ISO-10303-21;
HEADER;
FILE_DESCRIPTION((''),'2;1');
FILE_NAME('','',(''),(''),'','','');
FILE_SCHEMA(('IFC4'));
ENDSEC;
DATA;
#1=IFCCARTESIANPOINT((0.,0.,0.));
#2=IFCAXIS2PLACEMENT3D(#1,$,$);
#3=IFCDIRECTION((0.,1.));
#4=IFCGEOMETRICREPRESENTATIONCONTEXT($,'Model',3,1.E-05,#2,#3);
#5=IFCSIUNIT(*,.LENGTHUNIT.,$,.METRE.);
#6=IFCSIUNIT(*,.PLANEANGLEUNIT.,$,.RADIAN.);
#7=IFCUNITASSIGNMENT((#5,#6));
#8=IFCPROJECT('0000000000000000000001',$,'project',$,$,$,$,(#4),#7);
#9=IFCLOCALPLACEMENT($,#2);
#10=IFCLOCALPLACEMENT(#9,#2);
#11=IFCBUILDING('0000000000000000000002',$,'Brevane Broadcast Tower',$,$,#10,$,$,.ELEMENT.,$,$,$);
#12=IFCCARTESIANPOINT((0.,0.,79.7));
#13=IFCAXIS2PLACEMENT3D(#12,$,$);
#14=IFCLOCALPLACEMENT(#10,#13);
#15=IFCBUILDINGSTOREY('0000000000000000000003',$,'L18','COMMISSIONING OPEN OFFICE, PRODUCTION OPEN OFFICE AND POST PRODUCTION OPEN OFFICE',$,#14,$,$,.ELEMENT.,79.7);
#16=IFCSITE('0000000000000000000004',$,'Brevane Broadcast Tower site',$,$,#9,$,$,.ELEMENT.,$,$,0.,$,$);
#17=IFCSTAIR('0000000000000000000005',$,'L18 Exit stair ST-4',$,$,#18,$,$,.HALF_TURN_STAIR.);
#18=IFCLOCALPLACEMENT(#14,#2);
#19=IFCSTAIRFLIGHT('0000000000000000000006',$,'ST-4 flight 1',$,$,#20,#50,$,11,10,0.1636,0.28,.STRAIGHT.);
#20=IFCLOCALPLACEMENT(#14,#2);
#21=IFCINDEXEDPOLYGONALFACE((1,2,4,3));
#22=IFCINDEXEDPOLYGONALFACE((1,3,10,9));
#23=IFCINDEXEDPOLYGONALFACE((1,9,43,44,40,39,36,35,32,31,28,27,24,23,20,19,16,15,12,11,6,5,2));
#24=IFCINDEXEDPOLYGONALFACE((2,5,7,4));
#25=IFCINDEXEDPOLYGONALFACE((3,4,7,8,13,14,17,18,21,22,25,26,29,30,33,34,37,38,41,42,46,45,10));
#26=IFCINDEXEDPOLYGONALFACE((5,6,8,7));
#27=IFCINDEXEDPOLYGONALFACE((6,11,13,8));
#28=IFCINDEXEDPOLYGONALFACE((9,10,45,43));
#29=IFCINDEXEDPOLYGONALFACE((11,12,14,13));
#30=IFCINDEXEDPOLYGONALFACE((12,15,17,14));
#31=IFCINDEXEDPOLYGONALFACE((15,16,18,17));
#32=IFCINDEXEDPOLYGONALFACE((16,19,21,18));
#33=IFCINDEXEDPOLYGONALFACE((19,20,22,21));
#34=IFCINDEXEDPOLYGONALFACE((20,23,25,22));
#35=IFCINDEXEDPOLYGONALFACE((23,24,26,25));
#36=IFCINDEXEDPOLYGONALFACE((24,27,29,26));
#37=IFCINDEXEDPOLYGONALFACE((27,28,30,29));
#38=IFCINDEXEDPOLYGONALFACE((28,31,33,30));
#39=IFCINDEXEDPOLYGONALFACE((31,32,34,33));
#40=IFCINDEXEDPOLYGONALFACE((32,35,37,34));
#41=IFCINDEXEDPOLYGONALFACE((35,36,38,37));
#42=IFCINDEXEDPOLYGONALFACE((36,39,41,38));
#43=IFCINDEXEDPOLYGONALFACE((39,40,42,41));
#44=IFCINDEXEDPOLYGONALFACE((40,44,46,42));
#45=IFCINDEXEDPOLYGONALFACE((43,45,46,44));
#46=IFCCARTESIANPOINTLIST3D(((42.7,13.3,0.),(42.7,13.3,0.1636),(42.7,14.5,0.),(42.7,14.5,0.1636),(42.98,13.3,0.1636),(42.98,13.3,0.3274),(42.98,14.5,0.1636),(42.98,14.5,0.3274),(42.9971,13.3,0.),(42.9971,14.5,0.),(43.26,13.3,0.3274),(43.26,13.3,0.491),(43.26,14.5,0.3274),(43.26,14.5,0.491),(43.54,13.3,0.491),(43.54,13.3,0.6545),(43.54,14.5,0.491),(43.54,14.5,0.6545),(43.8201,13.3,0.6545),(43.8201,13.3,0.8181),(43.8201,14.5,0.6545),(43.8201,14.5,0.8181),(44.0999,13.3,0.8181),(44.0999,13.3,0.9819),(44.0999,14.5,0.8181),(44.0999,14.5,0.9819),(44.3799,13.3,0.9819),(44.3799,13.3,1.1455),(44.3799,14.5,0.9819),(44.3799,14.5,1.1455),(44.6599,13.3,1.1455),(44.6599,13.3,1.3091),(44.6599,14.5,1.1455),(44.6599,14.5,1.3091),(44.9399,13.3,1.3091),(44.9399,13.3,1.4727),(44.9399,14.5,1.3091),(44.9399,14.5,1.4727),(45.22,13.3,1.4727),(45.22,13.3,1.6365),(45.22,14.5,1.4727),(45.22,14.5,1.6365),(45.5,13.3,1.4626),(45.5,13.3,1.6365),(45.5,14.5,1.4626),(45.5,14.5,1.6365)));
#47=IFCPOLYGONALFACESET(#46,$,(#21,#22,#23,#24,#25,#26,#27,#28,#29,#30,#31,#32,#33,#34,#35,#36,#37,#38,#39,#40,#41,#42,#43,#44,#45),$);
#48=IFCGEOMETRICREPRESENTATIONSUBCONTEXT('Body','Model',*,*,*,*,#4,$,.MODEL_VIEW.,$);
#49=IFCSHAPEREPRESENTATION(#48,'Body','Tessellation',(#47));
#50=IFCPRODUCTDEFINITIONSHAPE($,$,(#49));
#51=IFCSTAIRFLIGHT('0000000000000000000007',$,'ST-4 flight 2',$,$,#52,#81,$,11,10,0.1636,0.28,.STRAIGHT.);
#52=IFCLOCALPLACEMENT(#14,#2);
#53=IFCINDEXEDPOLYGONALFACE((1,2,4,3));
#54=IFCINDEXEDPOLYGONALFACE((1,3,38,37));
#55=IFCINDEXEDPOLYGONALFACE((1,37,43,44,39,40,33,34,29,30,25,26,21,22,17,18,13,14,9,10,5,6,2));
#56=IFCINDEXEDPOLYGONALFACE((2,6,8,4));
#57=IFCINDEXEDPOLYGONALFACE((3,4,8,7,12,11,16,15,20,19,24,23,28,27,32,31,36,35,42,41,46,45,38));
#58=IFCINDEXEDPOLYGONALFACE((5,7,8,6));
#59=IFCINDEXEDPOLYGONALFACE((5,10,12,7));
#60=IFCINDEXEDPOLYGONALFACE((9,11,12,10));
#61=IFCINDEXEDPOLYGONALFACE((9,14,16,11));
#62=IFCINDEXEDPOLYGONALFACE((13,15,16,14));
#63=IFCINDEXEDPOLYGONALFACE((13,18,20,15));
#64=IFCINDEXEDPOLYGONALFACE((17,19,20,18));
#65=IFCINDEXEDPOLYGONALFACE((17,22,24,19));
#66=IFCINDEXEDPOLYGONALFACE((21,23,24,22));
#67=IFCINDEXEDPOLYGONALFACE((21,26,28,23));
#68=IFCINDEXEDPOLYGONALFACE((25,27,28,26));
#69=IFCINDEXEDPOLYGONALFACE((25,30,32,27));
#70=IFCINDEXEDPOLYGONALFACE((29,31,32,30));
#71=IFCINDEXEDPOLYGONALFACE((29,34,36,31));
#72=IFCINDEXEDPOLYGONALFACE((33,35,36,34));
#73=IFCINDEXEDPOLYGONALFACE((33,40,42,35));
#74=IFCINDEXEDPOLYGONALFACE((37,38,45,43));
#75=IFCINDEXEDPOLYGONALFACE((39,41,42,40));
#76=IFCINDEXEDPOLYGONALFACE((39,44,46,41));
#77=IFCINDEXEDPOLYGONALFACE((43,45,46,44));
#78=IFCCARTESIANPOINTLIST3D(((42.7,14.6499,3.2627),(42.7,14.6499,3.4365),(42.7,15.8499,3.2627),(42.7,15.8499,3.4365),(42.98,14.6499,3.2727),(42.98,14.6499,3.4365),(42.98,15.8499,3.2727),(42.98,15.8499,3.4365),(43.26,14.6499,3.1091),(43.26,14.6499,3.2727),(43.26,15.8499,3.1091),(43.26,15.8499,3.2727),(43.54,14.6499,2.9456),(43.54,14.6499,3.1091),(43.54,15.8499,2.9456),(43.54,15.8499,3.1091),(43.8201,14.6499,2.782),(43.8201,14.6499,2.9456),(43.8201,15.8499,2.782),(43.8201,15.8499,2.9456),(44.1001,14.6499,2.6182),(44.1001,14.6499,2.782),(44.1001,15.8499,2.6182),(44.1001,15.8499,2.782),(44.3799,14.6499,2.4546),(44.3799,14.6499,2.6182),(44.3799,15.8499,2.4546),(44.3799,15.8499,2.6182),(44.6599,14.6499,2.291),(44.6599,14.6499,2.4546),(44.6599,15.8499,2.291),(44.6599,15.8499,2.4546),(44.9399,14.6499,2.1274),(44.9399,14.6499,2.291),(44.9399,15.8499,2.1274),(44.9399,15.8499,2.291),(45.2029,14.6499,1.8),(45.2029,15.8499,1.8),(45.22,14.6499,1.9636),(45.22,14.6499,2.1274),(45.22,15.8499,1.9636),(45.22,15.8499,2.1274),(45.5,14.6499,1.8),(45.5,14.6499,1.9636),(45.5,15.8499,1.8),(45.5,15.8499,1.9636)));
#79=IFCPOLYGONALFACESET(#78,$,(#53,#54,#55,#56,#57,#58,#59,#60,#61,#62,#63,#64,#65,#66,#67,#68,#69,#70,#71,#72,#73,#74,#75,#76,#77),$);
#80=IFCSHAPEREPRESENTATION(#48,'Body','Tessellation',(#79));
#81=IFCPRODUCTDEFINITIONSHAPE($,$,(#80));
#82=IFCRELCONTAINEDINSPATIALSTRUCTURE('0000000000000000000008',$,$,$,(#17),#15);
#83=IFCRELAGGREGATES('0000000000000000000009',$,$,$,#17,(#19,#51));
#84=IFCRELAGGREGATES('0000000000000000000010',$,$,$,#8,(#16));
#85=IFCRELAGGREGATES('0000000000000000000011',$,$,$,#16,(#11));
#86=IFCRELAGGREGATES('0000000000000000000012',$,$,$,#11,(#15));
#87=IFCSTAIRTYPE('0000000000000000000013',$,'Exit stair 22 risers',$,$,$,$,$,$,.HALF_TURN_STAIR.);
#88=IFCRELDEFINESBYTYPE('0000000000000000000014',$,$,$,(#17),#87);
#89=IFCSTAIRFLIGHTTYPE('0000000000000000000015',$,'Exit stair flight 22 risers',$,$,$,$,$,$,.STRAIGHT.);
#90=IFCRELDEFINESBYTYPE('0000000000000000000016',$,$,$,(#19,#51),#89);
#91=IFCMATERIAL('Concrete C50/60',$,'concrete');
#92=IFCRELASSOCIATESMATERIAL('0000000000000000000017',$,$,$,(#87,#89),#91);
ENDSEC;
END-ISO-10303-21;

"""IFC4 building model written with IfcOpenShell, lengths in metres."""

from ifc_helpers import new_model, si_unit, direction, frame, origin, place, context, subcontext, project, spatial, polyline, outline, extrude, material, type_object, element, aggregate, save


model = new_model("IFC4")

# Units and contexts
model_context = context("Model", 3, precision=1e-05, world=origin(), true_north=direction((0.0, 1.0)))
body_context = subcontext(model_context, "Body", "Model", "MODEL_VIEW")
ifc_project = project(units=[si_unit("LENGTHUNIT", "METRE"), si_unit("PLANEANGLEUNIT", "RADIAN")], contexts=[model_context])

# Site, building, storey
site_placement = place(None, origin())
site = spatial("IfcSite", under=ifc_project, at=site_placement, Name="Brevane Broadcast Tower site", CompositionType="ELEMENT", RefElevation=0.0)
building_placement = place(site_placement, origin())
building = spatial("IfcBuilding", under=site, at=building_placement, Name="Brevane Broadcast Tower", CompositionType="ELEMENT")
storey_placement = place(building_placement, frame((0.0, 0.0, 79.7)))
storey = spatial("IfcBuildingStorey", under=building, at=storey_placement, Name="L18", Description="COMMISSIONING OPEN OFFICE, PRODUCTION OPEN OFFICE AND POST PRODUCTION OPEN OFFICE", CompositionType="ELEMENT", Elevation=79.7)

# Stair, stair flights
ifc_material_1 = material(Name="Concrete C50/60", Category="concrete")
stair_type = type_object("IfcStairType", Name="Exit stair 22 risers", PredefinedType="HALF_TURN_STAIR", material=ifc_material_1)
stair_placement = place(storey_placement, origin())
stair = element("IfcStair", 1, at=stair_placement, inside=storey, type_object=stair_type, Name="L18 Exit stair ST-4", PredefinedType="HALF_TURN_STAIR")
stair_flight_type = type_object("IfcStairFlightType", Name="Exit stair flight 22 risers", PredefinedType="STRAIGHT", material=ifc_material_1)
stair_flight_1_placement = place(storey_placement, frame((42.7, 13.8999, 0.0), z_axis=(0.0, 0.0, 1.0), x_axis=(1.0, 0.0, 0.0)))
stair_flight_1 = element("IfcStairFlight", 2, at=stair_flight_1_placement, type_object=stair_flight_type, Name="ST-4 flight 1", NumberOfRisers=11, NumberOfTreads=10, PredefinedType="STRAIGHT", RiserHeight=0.1636, TreadLength=0.28, context=body_context, shape_type="SweptSolid", body=[
    extrude(outline(polyline([(0.0, 0.0), (0.0, 0.1636), (0.28, 0.1636), (0.28, 0.3274), (0.5601, 0.3274), (0.5601, 0.491), (0.8401, 0.491), (0.8401, 0.6545), (1.1201, 0.6545), (1.1201, 0.8181), (1.3999, 0.8181), (1.3999, 0.9819), (1.6799, 0.9819), (1.6799, 1.1455), (1.96, 1.1455), (1.96, 1.3091), (2.24, 1.3091), (2.24, 1.4727), (2.52, 1.4727), (2.52, 1.6365), (2.8, 1.6365), (2.8, 1.8), (2.8, 1.4626), (0.2971, 0.0), (0.0, 0.0)])), frame((0.0, 0.6001, 0.0), z_axis=(0.0, -1.0, 0.0), x_axis=(1.0, 0.0, 0.0)), (0.0, 0.0, 1.0), 1.2),
])
stair_flight_2_placement = place(storey_placement, frame((45.5, 15.25, 1.8), z_axis=(0.0, 0.0, 1.0), x_axis=(-1.0, 0.0, 0.0)))
stair_flight_2 = element("IfcStairFlight", 3, at=stair_flight_2_placement, type_object=stair_flight_type, Name="ST-4 flight 2", NumberOfRisers=11, NumberOfTreads=10, PredefinedType="STRAIGHT", RiserHeight=0.1636, TreadLength=0.28, context=body_context, shape_type="SweptSolid", body=[
    extrude(outline(polyline([(0.0, 0.0), (0.0, 0.1636), (0.28, 0.1636), (0.28, 0.3274), (0.5601, 0.3274), (0.5601, 0.491), (0.8401, 0.491), (0.8401, 0.6545), (1.1201, 0.6545), (1.1201, 0.8181), (1.3999, 0.8181), (1.3999, 0.9819), (1.6799, 0.9819), (1.6799, 1.1455), (1.96, 1.1455), (1.96, 1.3091), (2.24, 1.3091), (2.24, 1.4727), (2.52, 1.4727), (2.52, 1.6365), (2.8, 1.6365), (2.8, 1.8), (2.8, 1.4626), (0.2971, 0.0), (0.0, 0.0)])), frame((0.0, 0.6001, 0.0), z_axis=(0.0, -1.0, 0.0), x_axis=(1.0, 0.0, 0.0)), (0.0, 0.0, 1.0), 1.2),
])
aggregate(stair, [stair_flight_1, stair_flight_2])

save(model, "model.ifc")
